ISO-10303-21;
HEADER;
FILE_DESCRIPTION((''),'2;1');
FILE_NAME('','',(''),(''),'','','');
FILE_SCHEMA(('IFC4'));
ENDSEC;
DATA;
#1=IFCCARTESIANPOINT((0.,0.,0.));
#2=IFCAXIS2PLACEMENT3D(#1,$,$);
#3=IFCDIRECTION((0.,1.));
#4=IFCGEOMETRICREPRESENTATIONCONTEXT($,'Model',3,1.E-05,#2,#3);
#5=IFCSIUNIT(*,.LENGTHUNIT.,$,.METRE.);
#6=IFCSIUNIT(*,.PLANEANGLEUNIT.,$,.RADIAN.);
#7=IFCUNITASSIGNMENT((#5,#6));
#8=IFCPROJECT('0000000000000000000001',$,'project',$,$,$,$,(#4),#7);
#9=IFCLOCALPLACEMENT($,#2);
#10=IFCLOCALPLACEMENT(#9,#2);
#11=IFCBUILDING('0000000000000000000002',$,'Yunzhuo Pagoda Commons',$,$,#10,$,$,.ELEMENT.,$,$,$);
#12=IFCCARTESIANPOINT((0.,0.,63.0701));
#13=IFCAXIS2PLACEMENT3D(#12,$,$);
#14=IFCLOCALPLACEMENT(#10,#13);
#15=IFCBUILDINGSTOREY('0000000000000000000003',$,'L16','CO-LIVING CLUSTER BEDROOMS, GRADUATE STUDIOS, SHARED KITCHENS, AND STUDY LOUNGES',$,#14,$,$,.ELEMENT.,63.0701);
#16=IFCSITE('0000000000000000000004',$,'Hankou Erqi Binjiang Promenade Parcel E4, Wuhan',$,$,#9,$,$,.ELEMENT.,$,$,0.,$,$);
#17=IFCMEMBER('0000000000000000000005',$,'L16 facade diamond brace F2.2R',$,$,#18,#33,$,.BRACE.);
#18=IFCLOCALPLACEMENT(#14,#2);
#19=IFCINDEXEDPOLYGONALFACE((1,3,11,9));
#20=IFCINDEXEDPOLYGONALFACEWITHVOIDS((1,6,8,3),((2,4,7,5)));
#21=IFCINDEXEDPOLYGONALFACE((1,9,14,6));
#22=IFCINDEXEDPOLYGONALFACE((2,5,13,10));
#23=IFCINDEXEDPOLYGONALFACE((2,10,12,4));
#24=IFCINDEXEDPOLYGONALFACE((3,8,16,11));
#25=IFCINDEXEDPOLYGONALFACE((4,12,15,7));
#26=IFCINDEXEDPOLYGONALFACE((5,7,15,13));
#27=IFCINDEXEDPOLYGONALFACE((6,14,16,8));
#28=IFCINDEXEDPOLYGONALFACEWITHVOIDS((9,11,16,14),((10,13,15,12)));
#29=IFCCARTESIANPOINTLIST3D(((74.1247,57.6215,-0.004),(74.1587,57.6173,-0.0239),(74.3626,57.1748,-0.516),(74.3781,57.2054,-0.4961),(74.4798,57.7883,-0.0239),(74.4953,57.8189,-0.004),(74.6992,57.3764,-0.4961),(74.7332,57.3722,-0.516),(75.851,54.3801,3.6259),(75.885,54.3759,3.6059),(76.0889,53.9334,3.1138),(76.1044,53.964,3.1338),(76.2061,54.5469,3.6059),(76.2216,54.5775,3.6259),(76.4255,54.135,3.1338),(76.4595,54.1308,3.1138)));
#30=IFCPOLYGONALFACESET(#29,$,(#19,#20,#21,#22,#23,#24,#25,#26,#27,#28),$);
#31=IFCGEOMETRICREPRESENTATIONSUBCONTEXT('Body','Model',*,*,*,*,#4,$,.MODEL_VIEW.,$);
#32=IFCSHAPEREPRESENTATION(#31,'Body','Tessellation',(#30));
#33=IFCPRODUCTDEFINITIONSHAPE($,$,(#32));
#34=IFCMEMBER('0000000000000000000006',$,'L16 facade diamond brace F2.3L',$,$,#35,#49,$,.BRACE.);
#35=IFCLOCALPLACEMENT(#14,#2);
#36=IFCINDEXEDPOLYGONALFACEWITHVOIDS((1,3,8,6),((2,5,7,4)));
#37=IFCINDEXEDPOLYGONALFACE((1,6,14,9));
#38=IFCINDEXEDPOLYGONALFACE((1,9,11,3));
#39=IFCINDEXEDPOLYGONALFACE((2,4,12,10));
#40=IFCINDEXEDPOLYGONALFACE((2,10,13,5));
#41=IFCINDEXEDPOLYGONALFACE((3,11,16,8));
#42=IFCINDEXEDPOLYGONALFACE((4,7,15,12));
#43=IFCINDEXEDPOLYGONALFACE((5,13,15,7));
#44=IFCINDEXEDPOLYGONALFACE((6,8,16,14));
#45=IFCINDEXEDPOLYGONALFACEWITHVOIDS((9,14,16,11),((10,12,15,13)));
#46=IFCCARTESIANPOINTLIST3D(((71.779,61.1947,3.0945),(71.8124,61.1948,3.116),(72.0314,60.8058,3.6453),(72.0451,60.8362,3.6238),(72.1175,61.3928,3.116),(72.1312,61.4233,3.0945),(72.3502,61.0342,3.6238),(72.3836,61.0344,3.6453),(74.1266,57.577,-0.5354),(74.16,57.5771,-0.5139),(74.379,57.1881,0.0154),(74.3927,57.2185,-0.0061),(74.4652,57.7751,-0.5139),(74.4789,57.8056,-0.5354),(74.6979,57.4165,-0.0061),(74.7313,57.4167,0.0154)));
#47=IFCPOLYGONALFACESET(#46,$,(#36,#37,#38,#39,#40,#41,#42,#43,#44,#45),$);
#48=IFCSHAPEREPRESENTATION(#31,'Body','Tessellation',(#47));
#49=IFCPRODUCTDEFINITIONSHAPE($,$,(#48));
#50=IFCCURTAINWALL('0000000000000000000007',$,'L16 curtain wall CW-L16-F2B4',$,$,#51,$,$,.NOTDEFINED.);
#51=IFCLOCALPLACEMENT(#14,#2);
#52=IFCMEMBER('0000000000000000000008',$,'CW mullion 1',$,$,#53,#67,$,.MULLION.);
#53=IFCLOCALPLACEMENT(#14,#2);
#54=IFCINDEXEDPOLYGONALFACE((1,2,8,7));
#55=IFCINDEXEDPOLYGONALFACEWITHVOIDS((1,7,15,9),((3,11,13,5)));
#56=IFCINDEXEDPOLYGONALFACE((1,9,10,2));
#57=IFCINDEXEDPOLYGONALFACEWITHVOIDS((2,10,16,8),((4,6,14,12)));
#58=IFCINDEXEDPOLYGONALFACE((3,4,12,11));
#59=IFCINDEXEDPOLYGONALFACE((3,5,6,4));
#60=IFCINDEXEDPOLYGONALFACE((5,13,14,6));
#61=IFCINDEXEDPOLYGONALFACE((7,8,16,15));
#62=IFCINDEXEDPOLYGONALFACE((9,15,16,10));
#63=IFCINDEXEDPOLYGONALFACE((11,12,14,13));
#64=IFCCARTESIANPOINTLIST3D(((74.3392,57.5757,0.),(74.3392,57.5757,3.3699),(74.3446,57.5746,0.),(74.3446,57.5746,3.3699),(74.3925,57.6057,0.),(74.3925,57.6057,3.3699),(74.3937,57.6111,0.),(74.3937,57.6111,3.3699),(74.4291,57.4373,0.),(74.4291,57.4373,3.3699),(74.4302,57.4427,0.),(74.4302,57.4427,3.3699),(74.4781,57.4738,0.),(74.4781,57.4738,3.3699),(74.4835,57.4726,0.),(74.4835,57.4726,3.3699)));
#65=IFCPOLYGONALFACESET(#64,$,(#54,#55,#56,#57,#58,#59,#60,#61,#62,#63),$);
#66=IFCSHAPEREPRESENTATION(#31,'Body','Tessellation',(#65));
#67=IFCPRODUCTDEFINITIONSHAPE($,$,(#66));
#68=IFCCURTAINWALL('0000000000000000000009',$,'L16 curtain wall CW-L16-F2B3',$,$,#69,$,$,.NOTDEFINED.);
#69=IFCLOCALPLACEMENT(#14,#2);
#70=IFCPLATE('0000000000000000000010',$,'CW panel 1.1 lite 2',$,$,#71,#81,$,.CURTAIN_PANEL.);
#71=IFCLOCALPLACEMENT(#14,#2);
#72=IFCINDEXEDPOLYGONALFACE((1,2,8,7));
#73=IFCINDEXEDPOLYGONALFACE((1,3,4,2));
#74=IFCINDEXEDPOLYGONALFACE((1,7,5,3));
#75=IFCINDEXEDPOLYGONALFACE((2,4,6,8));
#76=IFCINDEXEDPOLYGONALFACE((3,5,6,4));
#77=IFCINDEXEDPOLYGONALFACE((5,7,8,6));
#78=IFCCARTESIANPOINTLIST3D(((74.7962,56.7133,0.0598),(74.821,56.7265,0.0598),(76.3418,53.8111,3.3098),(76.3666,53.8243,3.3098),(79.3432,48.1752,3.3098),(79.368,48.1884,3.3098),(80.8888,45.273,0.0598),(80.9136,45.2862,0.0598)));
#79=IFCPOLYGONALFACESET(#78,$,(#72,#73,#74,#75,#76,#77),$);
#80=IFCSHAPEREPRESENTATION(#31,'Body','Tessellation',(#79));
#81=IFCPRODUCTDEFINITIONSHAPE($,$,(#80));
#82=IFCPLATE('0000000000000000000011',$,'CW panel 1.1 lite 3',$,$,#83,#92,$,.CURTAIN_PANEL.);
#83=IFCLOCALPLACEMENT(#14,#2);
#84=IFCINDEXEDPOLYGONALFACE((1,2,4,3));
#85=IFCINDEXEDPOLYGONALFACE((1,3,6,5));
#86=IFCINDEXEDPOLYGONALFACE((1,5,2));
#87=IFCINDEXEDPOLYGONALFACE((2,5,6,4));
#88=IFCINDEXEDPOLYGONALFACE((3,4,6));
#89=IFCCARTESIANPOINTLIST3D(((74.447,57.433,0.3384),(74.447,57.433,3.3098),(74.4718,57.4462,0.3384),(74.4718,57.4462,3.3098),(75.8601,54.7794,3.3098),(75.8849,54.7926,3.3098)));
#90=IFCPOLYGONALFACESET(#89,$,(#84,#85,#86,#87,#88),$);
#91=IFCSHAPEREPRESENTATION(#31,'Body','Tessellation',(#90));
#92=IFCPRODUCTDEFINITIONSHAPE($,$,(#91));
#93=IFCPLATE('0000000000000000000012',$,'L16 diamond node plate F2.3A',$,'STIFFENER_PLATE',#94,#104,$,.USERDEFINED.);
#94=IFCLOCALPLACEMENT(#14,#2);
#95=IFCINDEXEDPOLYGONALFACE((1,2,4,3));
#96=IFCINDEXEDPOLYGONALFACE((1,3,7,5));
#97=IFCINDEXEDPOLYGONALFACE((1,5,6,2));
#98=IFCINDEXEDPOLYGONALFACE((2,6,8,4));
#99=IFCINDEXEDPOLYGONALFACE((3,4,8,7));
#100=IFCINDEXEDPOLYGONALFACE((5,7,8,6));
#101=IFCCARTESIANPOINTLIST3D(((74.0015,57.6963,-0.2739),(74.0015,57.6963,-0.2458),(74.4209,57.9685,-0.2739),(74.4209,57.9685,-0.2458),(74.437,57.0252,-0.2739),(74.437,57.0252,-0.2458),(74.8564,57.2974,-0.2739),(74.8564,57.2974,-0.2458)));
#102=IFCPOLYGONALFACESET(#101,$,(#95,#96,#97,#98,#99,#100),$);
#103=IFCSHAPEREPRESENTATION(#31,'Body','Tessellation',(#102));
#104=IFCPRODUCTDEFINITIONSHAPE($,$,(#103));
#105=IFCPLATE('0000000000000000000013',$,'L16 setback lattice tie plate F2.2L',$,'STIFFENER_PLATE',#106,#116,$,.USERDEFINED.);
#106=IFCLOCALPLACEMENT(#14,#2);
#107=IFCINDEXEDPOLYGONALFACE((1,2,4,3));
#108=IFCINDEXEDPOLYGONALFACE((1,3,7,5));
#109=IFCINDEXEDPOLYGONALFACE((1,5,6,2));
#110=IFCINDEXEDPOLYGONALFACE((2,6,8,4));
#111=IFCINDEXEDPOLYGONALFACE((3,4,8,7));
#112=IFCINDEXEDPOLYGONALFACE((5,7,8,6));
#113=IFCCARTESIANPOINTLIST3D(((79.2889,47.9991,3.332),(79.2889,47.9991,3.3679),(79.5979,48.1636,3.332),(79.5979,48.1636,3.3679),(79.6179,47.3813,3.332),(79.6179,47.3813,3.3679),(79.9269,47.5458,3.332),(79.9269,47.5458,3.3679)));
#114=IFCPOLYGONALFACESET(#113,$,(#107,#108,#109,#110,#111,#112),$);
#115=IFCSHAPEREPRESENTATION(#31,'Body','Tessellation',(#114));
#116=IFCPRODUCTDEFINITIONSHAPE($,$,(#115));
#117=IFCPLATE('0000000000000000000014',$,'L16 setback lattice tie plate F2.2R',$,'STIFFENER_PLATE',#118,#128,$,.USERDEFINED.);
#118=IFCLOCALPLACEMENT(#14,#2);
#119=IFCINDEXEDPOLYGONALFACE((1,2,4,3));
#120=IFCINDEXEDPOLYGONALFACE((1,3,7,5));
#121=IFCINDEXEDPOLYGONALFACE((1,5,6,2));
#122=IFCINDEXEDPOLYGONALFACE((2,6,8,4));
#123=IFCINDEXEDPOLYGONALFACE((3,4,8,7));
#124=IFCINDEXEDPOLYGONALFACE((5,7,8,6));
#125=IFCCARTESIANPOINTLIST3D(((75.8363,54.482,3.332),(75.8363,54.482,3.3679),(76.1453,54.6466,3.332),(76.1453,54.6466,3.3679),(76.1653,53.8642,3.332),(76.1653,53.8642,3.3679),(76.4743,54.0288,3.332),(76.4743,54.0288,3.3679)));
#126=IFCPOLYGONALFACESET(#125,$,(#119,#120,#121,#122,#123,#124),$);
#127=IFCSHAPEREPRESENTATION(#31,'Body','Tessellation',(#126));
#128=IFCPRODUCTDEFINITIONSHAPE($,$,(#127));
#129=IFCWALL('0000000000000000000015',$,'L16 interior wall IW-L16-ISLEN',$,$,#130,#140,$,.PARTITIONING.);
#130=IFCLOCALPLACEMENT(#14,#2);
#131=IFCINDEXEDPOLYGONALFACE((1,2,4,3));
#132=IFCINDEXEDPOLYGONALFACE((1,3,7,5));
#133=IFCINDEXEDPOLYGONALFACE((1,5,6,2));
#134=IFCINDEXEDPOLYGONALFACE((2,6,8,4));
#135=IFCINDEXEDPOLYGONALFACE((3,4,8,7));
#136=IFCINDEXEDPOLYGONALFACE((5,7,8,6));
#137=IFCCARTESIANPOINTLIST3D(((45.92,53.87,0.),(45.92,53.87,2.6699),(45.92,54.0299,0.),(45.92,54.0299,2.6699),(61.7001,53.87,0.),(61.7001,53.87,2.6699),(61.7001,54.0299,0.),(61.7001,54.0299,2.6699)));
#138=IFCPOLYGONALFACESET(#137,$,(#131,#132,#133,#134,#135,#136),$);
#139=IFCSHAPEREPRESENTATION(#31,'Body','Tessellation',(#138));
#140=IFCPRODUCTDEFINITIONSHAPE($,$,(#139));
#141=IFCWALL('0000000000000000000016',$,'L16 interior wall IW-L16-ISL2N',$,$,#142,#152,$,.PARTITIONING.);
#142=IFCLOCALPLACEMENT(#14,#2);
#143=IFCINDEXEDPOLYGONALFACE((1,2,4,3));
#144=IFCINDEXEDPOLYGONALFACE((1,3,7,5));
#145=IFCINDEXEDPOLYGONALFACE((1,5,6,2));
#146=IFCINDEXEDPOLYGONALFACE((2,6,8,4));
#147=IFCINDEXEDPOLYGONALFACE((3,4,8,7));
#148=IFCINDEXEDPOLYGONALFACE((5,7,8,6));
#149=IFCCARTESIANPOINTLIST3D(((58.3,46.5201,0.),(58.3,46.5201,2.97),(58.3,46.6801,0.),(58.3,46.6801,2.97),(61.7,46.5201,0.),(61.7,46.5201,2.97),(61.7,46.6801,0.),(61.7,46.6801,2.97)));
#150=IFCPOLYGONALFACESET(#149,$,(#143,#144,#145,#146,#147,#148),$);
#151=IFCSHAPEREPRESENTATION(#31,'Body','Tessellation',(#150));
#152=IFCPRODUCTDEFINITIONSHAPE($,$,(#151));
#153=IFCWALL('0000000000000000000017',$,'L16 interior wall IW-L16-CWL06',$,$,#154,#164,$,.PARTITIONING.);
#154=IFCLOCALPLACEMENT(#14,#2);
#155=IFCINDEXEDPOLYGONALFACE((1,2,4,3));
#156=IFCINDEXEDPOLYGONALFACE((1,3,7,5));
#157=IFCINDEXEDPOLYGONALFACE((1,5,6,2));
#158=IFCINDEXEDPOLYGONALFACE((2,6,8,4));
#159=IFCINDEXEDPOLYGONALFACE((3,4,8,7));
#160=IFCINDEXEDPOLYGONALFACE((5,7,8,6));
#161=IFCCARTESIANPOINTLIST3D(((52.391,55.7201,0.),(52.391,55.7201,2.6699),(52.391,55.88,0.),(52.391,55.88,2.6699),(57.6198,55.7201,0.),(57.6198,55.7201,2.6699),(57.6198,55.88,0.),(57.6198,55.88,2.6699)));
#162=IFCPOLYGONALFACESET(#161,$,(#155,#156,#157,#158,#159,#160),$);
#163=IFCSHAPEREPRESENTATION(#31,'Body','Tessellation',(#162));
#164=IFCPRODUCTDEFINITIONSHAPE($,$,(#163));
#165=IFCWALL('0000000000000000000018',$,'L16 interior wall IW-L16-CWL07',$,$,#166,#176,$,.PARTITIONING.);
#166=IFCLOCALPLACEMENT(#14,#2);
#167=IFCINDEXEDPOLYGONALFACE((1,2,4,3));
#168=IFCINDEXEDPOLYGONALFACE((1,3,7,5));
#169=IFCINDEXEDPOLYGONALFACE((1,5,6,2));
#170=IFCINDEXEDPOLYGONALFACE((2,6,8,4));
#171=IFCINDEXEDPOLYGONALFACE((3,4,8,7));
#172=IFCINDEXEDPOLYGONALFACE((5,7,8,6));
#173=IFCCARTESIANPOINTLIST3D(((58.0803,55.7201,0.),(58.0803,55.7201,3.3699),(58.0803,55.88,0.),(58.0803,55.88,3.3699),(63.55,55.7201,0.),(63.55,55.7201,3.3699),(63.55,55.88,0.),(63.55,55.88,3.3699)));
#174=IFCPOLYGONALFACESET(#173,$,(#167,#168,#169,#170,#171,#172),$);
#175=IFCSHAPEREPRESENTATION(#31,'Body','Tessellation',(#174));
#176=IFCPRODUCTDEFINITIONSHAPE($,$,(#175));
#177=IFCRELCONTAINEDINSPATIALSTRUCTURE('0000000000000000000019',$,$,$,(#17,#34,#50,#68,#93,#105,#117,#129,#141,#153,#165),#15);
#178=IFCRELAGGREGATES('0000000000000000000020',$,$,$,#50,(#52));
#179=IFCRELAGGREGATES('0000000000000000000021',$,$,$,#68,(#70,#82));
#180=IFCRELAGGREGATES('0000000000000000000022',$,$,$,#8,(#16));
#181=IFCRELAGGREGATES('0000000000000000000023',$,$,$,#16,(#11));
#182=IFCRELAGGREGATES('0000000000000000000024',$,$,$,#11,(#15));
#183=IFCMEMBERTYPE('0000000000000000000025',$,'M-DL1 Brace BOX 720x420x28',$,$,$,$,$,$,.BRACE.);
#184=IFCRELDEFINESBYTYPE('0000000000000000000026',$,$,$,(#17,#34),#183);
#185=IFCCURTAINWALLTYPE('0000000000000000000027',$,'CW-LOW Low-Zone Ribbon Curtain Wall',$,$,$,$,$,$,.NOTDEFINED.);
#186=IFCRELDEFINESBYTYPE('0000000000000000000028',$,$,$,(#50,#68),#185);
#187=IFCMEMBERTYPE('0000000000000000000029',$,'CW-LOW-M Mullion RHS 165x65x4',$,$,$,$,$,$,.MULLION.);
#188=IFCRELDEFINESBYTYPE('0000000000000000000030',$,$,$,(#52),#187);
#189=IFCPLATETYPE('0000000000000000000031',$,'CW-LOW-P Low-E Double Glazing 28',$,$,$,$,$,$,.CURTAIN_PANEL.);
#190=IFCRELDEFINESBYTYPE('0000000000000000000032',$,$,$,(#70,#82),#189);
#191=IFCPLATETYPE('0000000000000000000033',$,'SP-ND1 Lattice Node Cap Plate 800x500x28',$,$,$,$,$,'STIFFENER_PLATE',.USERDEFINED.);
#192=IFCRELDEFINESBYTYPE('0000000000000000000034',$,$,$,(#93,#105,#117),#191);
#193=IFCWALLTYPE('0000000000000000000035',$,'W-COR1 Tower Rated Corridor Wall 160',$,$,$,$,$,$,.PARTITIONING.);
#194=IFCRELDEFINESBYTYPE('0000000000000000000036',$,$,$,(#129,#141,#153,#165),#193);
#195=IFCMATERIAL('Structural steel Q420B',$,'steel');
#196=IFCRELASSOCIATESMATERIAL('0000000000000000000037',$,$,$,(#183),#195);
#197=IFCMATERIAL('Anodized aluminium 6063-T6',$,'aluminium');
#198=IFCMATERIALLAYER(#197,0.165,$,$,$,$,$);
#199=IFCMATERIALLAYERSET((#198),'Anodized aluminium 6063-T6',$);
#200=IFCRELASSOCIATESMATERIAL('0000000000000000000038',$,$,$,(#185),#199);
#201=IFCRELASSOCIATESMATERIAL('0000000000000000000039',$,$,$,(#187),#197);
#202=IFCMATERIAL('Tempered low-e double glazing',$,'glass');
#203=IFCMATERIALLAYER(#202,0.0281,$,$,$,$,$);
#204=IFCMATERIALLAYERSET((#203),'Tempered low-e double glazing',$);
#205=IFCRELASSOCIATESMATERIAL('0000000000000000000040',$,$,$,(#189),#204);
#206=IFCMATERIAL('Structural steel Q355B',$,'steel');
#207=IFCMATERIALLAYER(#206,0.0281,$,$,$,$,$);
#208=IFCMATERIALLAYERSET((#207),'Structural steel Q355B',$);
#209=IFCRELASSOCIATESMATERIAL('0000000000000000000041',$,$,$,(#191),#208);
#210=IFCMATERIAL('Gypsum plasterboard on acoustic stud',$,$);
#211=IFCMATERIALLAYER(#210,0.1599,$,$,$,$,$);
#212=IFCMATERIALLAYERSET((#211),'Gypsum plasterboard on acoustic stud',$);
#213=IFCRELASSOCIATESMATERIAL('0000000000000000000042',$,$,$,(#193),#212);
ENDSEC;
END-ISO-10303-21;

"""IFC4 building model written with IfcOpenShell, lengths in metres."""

from ifc_helpers import new_model, si_unit, direction, frame, frame_2d, origin, origin_2d, place, context, subcontext, project, spatial, polyline, rectangle, hollow_rectangle, outline, extrude, source, transform, mapped, material, layer, layer_set, material_profile, profile_set, type_object, element, aggregate, save


model = new_model("IFC4")

# Units and contexts
model_context = context("Model", 3, precision=1e-05, world=origin(), true_north=direction((0.0, 1.0)))
body_context = subcontext(model_context, "Body", "Model", "MODEL_VIEW")
ifc_project = project(units=[si_unit("LENGTHUNIT", "METRE"), si_unit("PLANEANGLEUNIT", "RADIAN")], contexts=[model_context])

# Site, building, storey
site_placement = place(None, origin())
site = spatial("IfcSite", under=ifc_project, at=site_placement, Name="Hankou Erqi Binjiang Promenade Parcel E4, Wuhan", CompositionType="ELEMENT", RefElevation=0.0)
building_placement = place(site_placement, origin())
building = spatial("IfcBuilding", under=site, at=building_placement, Name="Yunzhuo Pagoda Commons", CompositionType="ELEMENT")
storey_placement = place(building_placement, frame((0.0, 0.0, 63.0701)))
storey = spatial("IfcBuildingStorey", under=building, at=storey_placement, Name="L16", Description="CO-LIVING CLUSTER BEDROOMS, GRADUATE STUDIOS, SHARED KITCHENS, AND STUDY LOUNGES", CompositionType="ELEMENT", Elevation=63.0701)

# Shared definitions
ifc_material_1 = material(Name="Structural steel Q420B", Category="steel")

# Shared definitions
ifc_material_2 = material(Name="Structural steel Q355B", Category="steel")

# Members
ifc_material_profile_1 = material_profile(ifc_material_1, hollow_rectangle(XDim=0.4199, YDim=0.72, WallThickness=0.0281, at=origin_2d()), Name="Structural steel Q420B")
ifc_profile_set_1 = profile_set([ifc_material_profile_1], Name="Structural steel Q420B")
member_type_1 = type_object("IfcMemberType", Name="M-DL1 Brace BOX 720x420x28", PredefinedType="BRACE", material=ifc_profile_set_1)
shared_shape_1 = source(origin(), body_context, "Body", "SweptSolid", [
    extrude(hollow_rectangle(XDim=0.4199, YDim=0.72, WallThickness=0.0281, at=origin_2d()), origin(), (0.0, 0.0, 1.0), 5.1636),
])
member_1_placement = place(storey_placement, frame((74.429, 57.4968, -0.26), z_axis=(0.334321, -0.627745, 0.702969), x_axis=(0.882631, 0.470067, 0.0)))
element("IfcMember", 1, at=member_1_placement, inside=storey, type_object=member_type_1, Name="L16 facade diamond brace F2.2R", PredefinedType="BRACE", context=body_context, shape_type="MappedRepresentation", body=[
    mapped(shared_shape_1, transform((0.0, 0.0, 0.0), scale=1.0)),
])
shared_shape_2 = source(origin(), body_context, "Body", "SweptSolid", [
    extrude(hollow_rectangle(XDim=0.4199, YDim=0.72, WallThickness=0.0281, at=origin_2d()), origin(), (0.0, 0.0, 1.0), 5.637),
])
member_2_placement = place(storey_placement, frame((74.429, 57.4968, -0.26), z_axis=(-0.416477, 0.64178, 0.643945), x_axis=(-0.83885, -0.544363, 0.0)))
element("IfcMember", 2, at=member_2_placement, inside=storey, type_object=member_type_1, Name="L16 facade diamond brace F2.3L", PredefinedType="BRACE", context=body_context, shape_type="MappedRepresentation", body=[
    mapped(shared_shape_2, transform((0.0, 0.0, 0.0), scale=1.0)),
])

# Curtain wall, member
ifc_material_3 = material(Name="Anodized aluminium 6063-T6", Category="aluminium")
ifc_layer_1 = layer(ifc_material_3, 0.165)
ifc_layer_set_1 = layer_set([ifc_layer_1], Name="Anodized aluminium 6063-T6")
curtain_wall_type = type_object("IfcCurtainWallType", Name="CW-LOW Low-Zone Ribbon Curtain Wall", PredefinedType="NOTDEFINED", material=ifc_layer_set_1)
curtain_wall_1_placement = place(storey_placement, origin())
curtain_wall_1 = element("IfcCurtainWall", 3, at=curtain_wall_1_placement, inside=storey, type_object=curtain_wall_type, Name="L16 curtain wall CW-L16-F2B4", PredefinedType="NOTDEFINED")
ifc_material_profile_2 = material_profile(ifc_material_3, hollow_rectangle(XDim=0.0649, YDim=0.165, WallThickness=0.0039, at=origin_2d()), Name="Anodized aluminium 6063-T6")
ifc_profile_set_2 = profile_set([ifc_material_profile_2], Name="Anodized aluminium 6063-T6")
member_type_2 = type_object("IfcMemberType", Name="CW-LOW-M Mullion RHS 165x65x4", PredefinedType="MULLION", material=ifc_profile_set_2)
shared_shape_3 = source(origin(), body_context, "Body", "SweptSolid", [
    extrude(hollow_rectangle(XDim=0.0649, YDim=0.165, WallThickness=0.0039, at=origin_2d()), origin(), (0.0, 0.0, 1.0), 3.3699),
])
member_3_placement = place(storey_placement, frame((74.4114, 57.5242, 0.0), z_axis=(0.0, 0.0, 1.0), x_axis=(-0.83884, -0.544378, 0.0)))
member_3 = element("IfcMember", 4, at=member_3_placement, type_object=member_type_2, Name="CW mullion 1", PredefinedType="MULLION", context=body_context, shape_type="MappedRepresentation", body=[
    mapped(shared_shape_3, transform((0.0, 0.0, 0.0), scale=1.0)),
])
aggregate(curtain_wall_1, [member_3])

# Curtain wall, plates
curtain_wall_2_placement = place(storey_placement, origin())
curtain_wall_2 = element("IfcCurtainWall", 5, at=curtain_wall_2_placement, inside=storey, type_object=curtain_wall_type, Name="L16 curtain wall CW-L16-F2B3", PredefinedType="NOTDEFINED")
ifc_material_4 = material(Name="Tempered low-e double glazing", Category="glass")
ifc_layer_2 = layer(ifc_material_4, 0.0281)
ifc_layer_set_2 = layer_set([ifc_layer_2], Name="Tempered low-e double glazing")
plate_type_1 = type_object("IfcPlateType", Name="CW-LOW-P Low-E Double Glazing 28", PredefinedType="CURTAIN_PANEL", material=ifc_layer_set_2)
plate_1_placement = place(storey_placement, frame((77.8425, 50.9932, 1.6848), z_axis=(0.882637, 0.470056, 0.0), x_axis=(-0.470056, 0.882637, 0.0)))
plate_1 = element("IfcPlate", 6, at=plate_1_placement, type_object=plate_type_1, Name="CW panel 1.1 lite 2", PredefinedType="CURTAIN_PANEL", context=body_context, shape_type="SweptSolid", body=[
    extrude(outline(polyline([(-6.4807, -1.625), (6.4807, -1.625), (3.1926, 1.625), (-3.1926, 1.625), (-6.4807, -1.625)])), origin(), (0.0, 0.0, 1.0), 0.0281),
])
plate_2_placement = place(storey_placement, frame((75.1536, 56.1062, 1.8242), z_axis=(0.882637, 0.470056, 0.0), x_axis=(-0.470056, 0.882637, 0.0)))
plate_2 = element("IfcPlate", 7, at=plate_2_placement, type_object=plate_type_1, Name="CW panel 1.1 lite 3", PredefinedType="CURTAIN_PANEL", context=body_context, shape_type="SweptSolid", body=[
    extrude(outline(polyline([(-1.5032, 1.4856), (1.5032, -1.4858), (1.5032, 1.4856), (-1.5032, 1.4856)])), origin(), (0.0, 0.0, 1.0), 0.0281),
])
aggregate(curtain_wall_2, [plate_1, plate_2])

# Plates
ifc_layer_3 = layer(ifc_material_2, 0.0281)
ifc_layer_set_3 = layer_set([ifc_layer_3], Name="Structural steel Q355B")
plate_type_2 = type_object("IfcPlateType", Name="SP-ND1 Lattice Node Cap Plate 800x500x28", ElementType="STIFFENER_PLATE", PredefinedType="USERDEFINED", material=ifc_layer_set_3)
shared_shape_4 = source(origin(), body_context, "Body", "SweptSolid", [
    extrude(rectangle(XDim=0.8, YDim=0.5, at=origin_2d()), origin(), (0.0, 0.0, 1.0), 0.0281),
])
plate_3_placement = place(storey_placement, frame((74.429, 57.4968, -0.2739), z_axis=(0.0, 0.0, 1.0), x_axis=(-0.544376, 0.838842, 0.0)))
element("IfcPlate", 8, at=plate_3_placement, inside=storey, type_object=plate_type_2, Name="L16 diamond node plate F2.3A", ObjectType="STIFFENER_PLATE", PredefinedType="USERDEFINED", context=body_context, shape_type="MappedRepresentation", body=[
    mapped(shared_shape_4, transform((0.0, 0.0, 0.0), scale=1.0)),
])
shared_shape_5 = source(origin(), body_context, "Body", "SweptSolid", [
    extrude(rectangle(XDim=0.7, YDim=0.3501, at=origin_2d()), origin(), (0.0, 0.0, 1.0), 0.0359),
])
for number, where, z_axis, x_axis, name in (
    (9, (79.6079, 47.7725, 3.332), (0.0, 0.0, 1.0), (-0.470057, 0.882636, 0.0), "L16 setback lattice tie plate F2.2L"),
    (10, (76.1553, 54.2554, 3.332), (0.0, 0.0, 1.0), (-0.470057, 0.882636, 0.0), "L16 setback lattice tie plate F2.2R"),
):
    element("IfcPlate", number, at=place(storey_placement, frame(where, z_axis=z_axis, x_axis=x_axis)), inside=storey, type_object=plate_type_2, Name=name, ObjectType="STIFFENER_PLATE", PredefinedType="USERDEFINED", context=body_context, shape_type="MappedRepresentation", body=[
        mapped(shared_shape_5, transform((0.0, 0.0, 0.0), scale=1.0)),
    ])

# Walls
ifc_material_5 = material(Name="Gypsum plasterboard on acoustic stud")
ifc_layer_4 = layer(ifc_material_5, 0.1599)
ifc_layer_set_4 = layer_set([ifc_layer_4], Name="Gypsum plasterboard on acoustic stud")
wall_type_1 = type_object("IfcWallType", Name="W-COR1 Tower Rated Corridor Wall 160", PredefinedType="PARTITIONING", material=ifc_layer_set_4)
wall_1_placement = place(storey_placement, frame((45.9199, 53.95, 0.0), z_axis=(0.0, 0.0, 1.0), x_axis=(1.0, 0.0, 0.0)))
element("IfcWall", 11, at=wall_1_placement, inside=storey, type_object=wall_type_1, Name="L16 interior wall IW-L16-ISLEN", PredefinedType="PARTITIONING", context=body_context, shape_type="SweptSolid", body=[
    extrude(rectangle(XDim=15.78, YDim=0.1599, at=frame_2d((7.8901, 0.0))), origin(), (0.0, 0.0, 1.0), 2.6699),
])
wall_2_placement = place(storey_placement, frame((58.3, 46.6001, 0.0), z_axis=(0.0, 0.0, 1.0), x_axis=(1.0, 0.0, 0.0)))
element("IfcWall", 12, at=wall_2_placement, inside=storey, type_object=wall_type_1, Name="L16 interior wall IW-L16-ISL2N", PredefinedType="PARTITIONING", context=body_context, shape_type="SweptSolid", body=[
    extrude(rectangle(XDim=3.3999, YDim=0.1599, at=frame_2d((1.7, 0.0))), origin(), (0.0, 0.0, 1.0), 2.97),
])
wall_3_placement = place(storey_placement, frame((52.3911, 55.8, 0.0), z_axis=(0.0, 0.0, 1.0), x_axis=(1.0, 0.0, 0.0)))
element("IfcWall", 13, at=wall_3_placement, inside=storey, type_object=wall_type_1, Name="L16 interior wall IW-L16-CWL06", PredefinedType="PARTITIONING", context=body_context, shape_type="SweptSolid", body=[
    extrude(rectangle(XDim=5.2288, YDim=0.1599, at=frame_2d((2.6143, 0.0))), origin(), (0.0, 0.0, 1.0), 2.6699),
])
wall_4_placement = place(storey_placement, frame((58.0803, 55.8, 0.0), z_axis=(0.0, 0.0, 1.0), x_axis=(1.0, 0.0, 0.0)))
element("IfcWall", 14, at=wall_4_placement, inside=storey, type_object=wall_type_1, Name="L16 interior wall IW-L16-CWL07", PredefinedType="PARTITIONING", context=body_context, shape_type="SweptSolid", body=[
    extrude(rectangle(XDim=5.4697, YDim=0.1599, at=frame_2d((2.7349, 0.0))), origin(), (0.0, 0.0, 1.0), 3.3699),
])

save(model, "model.ifc")
